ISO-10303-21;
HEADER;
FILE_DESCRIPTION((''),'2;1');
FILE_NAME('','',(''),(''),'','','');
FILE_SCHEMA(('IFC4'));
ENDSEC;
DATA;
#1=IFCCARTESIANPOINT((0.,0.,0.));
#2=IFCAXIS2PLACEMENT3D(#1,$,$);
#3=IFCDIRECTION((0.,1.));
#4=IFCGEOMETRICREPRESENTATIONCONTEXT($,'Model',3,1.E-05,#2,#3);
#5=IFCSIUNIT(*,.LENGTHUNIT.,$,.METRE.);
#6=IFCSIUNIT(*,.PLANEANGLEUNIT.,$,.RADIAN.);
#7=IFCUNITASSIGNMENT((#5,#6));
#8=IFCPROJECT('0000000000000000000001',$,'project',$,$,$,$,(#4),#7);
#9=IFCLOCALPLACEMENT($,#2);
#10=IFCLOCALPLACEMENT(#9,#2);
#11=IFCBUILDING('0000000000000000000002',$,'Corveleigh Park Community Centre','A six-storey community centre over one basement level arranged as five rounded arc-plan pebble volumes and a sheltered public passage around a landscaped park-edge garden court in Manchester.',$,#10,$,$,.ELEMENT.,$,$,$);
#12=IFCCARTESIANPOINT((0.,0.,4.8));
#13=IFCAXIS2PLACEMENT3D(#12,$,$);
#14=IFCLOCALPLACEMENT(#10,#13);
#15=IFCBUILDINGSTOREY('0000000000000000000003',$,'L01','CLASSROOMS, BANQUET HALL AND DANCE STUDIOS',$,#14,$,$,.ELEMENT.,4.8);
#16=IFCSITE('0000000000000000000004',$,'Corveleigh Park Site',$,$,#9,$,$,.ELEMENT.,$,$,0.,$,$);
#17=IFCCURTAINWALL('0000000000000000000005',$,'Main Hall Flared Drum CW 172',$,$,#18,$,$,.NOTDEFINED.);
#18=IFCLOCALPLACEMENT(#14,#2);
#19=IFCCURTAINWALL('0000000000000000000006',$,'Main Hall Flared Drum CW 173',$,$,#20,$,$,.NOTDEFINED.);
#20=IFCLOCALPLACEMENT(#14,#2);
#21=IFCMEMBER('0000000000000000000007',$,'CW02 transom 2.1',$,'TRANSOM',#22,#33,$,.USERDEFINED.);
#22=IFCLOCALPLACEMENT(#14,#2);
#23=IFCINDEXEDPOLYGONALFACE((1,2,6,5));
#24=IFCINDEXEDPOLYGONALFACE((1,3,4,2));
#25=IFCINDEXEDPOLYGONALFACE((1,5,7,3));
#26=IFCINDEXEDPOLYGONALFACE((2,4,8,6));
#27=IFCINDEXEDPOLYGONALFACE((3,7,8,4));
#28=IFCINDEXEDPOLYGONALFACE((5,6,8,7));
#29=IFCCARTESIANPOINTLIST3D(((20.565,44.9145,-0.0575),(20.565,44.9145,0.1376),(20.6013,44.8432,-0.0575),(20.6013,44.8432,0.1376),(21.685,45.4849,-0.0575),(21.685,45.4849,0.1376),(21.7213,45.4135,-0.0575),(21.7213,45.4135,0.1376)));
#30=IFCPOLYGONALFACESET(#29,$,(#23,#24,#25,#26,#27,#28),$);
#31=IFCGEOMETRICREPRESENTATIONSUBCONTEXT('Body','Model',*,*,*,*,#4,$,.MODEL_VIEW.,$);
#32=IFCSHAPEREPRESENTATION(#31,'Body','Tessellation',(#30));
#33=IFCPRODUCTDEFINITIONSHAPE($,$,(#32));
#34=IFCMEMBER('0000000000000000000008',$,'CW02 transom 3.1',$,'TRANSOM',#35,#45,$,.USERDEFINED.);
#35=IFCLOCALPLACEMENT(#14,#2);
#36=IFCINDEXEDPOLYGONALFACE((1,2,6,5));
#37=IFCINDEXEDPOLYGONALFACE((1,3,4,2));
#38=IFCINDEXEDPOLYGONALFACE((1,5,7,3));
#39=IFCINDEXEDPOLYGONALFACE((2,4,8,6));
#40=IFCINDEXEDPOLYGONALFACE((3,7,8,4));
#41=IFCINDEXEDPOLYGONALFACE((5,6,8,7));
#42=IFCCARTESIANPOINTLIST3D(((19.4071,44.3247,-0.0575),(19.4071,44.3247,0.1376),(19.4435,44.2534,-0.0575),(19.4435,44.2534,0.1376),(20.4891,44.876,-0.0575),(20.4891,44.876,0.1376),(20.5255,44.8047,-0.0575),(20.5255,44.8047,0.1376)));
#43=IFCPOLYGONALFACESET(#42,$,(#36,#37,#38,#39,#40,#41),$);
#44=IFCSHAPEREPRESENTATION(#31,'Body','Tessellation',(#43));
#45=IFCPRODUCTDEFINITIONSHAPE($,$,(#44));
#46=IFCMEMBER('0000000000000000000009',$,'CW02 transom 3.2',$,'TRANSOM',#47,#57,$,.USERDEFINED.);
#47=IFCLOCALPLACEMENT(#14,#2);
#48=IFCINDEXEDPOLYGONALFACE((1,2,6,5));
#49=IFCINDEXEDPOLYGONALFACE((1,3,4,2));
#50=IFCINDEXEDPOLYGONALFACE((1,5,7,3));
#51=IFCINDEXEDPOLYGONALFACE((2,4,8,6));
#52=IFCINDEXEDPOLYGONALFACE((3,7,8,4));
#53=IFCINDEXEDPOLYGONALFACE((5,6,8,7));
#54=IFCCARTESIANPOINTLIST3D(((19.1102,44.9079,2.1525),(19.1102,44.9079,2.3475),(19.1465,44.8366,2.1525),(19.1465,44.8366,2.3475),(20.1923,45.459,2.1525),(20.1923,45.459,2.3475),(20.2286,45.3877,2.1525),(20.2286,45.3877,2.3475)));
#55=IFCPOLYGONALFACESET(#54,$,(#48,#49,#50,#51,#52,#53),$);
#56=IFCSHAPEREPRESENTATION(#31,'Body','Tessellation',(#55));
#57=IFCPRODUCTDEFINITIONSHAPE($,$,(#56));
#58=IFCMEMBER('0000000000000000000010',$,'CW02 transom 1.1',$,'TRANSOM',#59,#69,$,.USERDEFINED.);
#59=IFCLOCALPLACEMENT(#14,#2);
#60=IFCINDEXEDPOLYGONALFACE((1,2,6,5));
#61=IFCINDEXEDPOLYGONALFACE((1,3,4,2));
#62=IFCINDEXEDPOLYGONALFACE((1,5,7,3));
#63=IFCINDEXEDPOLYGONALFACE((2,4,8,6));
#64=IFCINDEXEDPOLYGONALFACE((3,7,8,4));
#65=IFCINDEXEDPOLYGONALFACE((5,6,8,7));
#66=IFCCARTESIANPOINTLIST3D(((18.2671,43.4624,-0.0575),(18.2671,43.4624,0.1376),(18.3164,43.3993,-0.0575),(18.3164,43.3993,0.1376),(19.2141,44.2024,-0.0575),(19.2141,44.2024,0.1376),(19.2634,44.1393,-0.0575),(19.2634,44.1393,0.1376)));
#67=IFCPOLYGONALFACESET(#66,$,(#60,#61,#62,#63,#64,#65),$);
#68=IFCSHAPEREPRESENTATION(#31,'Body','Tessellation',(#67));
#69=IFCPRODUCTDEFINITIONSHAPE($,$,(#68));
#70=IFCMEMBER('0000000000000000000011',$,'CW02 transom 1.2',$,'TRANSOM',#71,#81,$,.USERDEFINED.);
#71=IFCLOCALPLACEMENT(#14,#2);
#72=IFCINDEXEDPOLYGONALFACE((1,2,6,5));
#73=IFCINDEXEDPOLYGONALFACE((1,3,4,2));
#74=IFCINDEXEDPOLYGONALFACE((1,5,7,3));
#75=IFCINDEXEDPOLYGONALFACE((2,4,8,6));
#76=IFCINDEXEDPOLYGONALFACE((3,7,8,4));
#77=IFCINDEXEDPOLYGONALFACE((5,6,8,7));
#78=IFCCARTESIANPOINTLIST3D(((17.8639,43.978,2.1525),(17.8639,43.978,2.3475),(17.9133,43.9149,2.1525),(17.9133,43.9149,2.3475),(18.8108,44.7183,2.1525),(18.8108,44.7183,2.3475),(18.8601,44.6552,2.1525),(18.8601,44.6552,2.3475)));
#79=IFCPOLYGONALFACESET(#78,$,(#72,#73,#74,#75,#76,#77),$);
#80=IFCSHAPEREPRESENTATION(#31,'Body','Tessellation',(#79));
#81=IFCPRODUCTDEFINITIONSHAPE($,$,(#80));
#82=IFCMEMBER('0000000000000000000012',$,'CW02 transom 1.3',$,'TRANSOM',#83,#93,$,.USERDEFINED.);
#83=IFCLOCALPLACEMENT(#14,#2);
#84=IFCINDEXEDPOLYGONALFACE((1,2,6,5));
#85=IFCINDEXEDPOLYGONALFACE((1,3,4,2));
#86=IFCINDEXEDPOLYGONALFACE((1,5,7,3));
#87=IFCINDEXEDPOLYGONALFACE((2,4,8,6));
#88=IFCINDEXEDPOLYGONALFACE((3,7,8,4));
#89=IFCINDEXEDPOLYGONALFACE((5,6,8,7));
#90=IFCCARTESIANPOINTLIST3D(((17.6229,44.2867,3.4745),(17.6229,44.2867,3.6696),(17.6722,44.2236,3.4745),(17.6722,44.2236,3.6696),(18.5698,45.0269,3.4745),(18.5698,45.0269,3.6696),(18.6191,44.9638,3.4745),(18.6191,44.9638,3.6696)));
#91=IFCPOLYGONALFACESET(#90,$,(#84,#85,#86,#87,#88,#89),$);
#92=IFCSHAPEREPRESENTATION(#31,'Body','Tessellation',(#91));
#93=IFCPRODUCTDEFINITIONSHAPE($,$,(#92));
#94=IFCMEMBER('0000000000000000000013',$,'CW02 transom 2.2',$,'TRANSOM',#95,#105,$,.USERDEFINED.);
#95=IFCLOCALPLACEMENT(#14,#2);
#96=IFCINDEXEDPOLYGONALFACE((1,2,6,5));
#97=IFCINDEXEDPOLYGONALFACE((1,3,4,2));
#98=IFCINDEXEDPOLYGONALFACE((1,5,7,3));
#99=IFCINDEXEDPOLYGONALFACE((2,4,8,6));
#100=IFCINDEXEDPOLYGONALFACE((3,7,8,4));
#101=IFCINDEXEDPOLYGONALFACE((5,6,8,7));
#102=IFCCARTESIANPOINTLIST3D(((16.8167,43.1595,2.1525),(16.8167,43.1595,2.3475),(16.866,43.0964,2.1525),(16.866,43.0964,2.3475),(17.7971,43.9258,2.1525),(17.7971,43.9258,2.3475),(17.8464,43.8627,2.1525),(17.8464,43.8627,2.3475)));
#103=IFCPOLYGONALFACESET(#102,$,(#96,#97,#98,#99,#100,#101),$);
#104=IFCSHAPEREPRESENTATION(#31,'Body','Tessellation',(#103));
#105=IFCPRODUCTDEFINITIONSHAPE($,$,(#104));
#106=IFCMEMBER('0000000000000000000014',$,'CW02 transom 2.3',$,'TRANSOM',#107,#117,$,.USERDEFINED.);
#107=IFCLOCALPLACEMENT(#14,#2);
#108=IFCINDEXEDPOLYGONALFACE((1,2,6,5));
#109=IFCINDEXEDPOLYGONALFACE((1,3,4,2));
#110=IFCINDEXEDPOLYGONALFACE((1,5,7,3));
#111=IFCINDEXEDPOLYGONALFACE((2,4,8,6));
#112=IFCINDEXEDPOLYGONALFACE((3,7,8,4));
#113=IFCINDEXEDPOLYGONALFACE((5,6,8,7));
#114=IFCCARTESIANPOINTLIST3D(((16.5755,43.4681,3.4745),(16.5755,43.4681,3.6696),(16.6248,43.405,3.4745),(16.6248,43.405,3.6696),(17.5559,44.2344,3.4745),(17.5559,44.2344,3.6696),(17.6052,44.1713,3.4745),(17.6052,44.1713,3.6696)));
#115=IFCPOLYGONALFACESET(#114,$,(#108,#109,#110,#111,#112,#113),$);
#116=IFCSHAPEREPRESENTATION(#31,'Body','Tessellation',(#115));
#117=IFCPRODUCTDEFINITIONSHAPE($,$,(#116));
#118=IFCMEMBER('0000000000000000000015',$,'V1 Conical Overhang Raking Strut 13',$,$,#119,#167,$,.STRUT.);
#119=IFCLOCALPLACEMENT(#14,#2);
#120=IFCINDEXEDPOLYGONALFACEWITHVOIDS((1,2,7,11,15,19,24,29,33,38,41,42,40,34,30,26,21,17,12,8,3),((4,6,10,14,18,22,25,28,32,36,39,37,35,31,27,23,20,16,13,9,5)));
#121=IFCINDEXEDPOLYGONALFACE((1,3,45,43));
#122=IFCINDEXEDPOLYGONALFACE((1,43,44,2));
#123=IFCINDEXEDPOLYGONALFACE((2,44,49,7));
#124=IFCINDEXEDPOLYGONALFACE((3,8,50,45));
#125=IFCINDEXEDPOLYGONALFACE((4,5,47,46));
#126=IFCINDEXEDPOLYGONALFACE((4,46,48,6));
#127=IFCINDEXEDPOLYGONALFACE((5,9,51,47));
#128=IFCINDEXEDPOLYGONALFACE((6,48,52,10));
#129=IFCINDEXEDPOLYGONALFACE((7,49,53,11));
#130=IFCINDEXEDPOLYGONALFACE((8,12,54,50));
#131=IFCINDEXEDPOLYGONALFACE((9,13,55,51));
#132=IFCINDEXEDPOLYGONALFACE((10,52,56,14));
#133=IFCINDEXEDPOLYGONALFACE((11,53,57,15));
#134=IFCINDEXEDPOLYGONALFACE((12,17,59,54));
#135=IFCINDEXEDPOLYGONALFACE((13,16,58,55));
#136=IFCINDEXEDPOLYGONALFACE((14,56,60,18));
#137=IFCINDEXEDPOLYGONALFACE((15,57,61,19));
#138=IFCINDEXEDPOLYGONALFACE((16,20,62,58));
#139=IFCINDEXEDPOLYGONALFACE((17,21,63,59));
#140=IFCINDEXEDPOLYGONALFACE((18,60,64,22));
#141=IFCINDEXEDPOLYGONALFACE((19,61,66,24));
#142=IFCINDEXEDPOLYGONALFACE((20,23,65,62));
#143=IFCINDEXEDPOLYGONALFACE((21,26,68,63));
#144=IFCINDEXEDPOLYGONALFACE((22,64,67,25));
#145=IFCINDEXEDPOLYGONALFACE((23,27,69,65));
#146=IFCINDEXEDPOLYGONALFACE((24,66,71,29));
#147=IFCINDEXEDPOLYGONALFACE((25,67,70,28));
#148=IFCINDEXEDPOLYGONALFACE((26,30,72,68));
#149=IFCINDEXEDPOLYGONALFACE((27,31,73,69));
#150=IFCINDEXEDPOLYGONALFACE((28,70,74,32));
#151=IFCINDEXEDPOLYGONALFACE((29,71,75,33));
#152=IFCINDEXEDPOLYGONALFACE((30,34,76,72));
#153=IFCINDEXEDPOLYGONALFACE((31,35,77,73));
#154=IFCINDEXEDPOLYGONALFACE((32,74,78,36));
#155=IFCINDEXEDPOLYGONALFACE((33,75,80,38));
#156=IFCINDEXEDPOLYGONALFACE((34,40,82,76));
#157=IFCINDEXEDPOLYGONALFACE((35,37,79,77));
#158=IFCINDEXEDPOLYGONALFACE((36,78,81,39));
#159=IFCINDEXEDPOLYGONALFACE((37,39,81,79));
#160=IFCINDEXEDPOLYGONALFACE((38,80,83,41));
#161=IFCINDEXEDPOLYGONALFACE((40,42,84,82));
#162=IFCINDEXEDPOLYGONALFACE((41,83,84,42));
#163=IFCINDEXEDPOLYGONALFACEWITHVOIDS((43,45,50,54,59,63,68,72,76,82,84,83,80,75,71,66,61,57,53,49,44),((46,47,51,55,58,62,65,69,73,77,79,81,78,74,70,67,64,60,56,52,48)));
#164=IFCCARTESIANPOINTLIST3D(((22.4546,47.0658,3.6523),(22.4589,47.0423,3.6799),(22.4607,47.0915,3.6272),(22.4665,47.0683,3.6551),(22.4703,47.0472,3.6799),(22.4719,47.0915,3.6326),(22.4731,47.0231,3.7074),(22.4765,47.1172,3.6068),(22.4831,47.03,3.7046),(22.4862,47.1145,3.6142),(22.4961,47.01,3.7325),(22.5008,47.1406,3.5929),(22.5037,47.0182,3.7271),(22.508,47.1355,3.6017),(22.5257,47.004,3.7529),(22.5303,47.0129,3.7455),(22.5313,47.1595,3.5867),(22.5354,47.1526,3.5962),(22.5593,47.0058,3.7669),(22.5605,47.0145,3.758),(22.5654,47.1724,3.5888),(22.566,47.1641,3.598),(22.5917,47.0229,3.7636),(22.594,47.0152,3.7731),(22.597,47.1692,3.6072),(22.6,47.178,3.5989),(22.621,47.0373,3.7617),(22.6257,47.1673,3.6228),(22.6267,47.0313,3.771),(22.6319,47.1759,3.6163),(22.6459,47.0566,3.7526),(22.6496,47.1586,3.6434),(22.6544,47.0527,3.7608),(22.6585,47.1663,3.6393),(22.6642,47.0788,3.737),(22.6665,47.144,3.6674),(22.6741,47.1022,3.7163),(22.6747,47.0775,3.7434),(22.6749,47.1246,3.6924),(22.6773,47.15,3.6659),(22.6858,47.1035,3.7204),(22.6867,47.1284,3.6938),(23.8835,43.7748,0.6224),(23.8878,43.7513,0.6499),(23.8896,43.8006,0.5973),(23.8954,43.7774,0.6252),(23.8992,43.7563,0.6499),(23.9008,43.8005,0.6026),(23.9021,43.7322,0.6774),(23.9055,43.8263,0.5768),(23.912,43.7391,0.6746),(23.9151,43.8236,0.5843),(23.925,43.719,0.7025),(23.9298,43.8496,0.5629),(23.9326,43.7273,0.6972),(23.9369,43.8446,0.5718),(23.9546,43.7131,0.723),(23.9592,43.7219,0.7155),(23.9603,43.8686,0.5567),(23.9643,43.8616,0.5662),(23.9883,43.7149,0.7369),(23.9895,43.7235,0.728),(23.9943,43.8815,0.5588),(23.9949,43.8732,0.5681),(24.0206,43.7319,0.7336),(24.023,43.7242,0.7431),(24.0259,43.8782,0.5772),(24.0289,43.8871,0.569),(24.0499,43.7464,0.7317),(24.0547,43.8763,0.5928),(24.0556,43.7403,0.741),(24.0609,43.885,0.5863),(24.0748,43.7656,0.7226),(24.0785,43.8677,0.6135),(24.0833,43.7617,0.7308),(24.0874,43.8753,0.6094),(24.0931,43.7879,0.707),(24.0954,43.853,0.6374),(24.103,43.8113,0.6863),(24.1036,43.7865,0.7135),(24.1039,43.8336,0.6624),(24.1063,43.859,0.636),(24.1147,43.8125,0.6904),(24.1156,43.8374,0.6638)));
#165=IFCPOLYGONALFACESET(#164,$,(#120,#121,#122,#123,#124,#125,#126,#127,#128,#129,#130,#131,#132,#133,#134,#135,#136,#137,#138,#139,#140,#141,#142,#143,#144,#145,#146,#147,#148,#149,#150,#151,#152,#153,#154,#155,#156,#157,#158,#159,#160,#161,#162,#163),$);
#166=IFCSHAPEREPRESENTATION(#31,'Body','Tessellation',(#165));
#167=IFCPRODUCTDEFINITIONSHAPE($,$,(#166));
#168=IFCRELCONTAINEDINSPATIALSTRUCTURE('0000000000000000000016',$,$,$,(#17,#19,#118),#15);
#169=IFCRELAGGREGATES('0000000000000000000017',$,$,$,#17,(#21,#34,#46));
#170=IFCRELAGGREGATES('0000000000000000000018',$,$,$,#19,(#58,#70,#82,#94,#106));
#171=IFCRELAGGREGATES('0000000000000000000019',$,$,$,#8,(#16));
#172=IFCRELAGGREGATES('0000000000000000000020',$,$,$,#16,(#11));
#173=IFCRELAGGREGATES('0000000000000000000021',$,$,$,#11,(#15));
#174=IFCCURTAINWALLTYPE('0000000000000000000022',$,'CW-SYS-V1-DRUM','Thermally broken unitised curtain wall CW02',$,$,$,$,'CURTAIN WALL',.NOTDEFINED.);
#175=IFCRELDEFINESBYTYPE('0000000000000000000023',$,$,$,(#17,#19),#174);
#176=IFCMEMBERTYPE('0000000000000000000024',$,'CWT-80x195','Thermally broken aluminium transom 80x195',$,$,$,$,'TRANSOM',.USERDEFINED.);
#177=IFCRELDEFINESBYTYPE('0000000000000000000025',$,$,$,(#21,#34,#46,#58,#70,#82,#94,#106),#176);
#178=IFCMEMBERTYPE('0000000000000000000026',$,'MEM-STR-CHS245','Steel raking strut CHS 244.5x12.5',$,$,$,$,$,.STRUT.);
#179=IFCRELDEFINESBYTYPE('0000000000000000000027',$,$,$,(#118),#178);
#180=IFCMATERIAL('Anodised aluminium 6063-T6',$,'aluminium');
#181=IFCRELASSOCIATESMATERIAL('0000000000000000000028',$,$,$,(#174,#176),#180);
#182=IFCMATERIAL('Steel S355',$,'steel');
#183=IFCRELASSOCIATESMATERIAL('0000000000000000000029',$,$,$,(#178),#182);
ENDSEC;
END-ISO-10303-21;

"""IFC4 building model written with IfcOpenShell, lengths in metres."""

from ifc_helpers import new_model, si_unit, direction, frame, origin, origin_2d, place, context, subcontext, project, spatial, rectangle, hollow_circle, extrude, material, material_profile, profile_set, type_object, element, aggregate, save


model = new_model("IFC4")

# Units and contexts
model_context = context("Model", 3, precision=1e-05, world=origin(), true_north=direction((0.0, 1.0)))
body_context = subcontext(model_context, "Body", "Model", "MODEL_VIEW")
ifc_project = project(units=[si_unit("LENGTHUNIT", "METRE"), si_unit("PLANEANGLEUNIT", "RADIAN")], contexts=[model_context])

# Site, building, storey
site_placement = place(None, origin())
site = spatial("IfcSite", under=ifc_project, at=site_placement, Name="Corveleigh Park Site", CompositionType="ELEMENT", RefElevation=0.0)
building_placement = place(site_placement, origin())
building = spatial("IfcBuilding", under=site, at=building_placement, Name="Corveleigh Park Community Centre", Description="A six-storey community centre over one basement level arranged as five rounded arc-plan pebble volumes and a sheltered public passage around a landscaped park-edge garden court in Manchester.", CompositionType="ELEMENT")
storey_placement = place(building_placement, frame((0.0, 0.0, 4.8)))
storey = spatial("IfcBuildingStorey", under=building, at=storey_placement, Name="L01", Description="CLASSROOMS, BANQUET HALL AND DANCE STUDIOS", CompositionType="ELEMENT", Elevation=4.8)

# Shared definitions
ifc_material_1 = material(Name="Steel S355", Category="steel")

# Curtain wall
ifc_material_2 = material(Name="Anodised aluminium 6063-T6", Category="aluminium")
curtain_wall_type = type_object("IfcCurtainWallType", Name="CW-SYS-V1-DRUM", Description="Thermally broken unitised curtain wall CW02", ElementType="CURTAIN WALL", PredefinedType="NOTDEFINED", material=ifc_material_2)
curtain_wall_1_placement = place(storey_placement, origin())
curtain_wall_1 = element("IfcCurtainWall", 1, at=curtain_wall_1_placement, inside=storey, type_object=curtain_wall_type, Name="Main Hall Flared Drum CW 172", PredefinedType="NOTDEFINED")

# Curtain wall
curtain_wall_2_placement = place(storey_placement, origin())
curtain_wall_2 = element("IfcCurtainWall", 2, at=curtain_wall_2_placement, inside=storey, type_object=curtain_wall_type, Name="Main Hall Flared Drum CW 173", PredefinedType="NOTDEFINED")

# Members
ifc_material_profile_1 = material_profile(ifc_material_2, rectangle(XDim=0.0801, YDim=0.1951, at=origin_2d()), Name="ALU-T80x195", Category="aluminium")
ifc_profile_set_1 = profile_set([ifc_material_profile_1], Name="Anodised aluminium 6063-T6")
member_type_1 = type_object("IfcMemberType", Name="CWT-80x195", Description="Thermally broken aluminium transom 80x195", ElementType="TRANSOM", PredefinedType="USERDEFINED", material=ifc_profile_set_1)
member_1_placement = place(storey_placement, frame((21.7031, 45.4492, 0.04), z_axis=(-0.8911, -0.453806, 0.0), x_axis=(0.453806, -0.8911, 0.0)))
member_1 = element("IfcMember", 3, at=member_1_placement, type_object=member_type_1, Name="CW02 transom 2.1", ObjectType="TRANSOM", PredefinedType="USERDEFINED", context=body_context, shape_type="SweptSolid", body=[
    extrude(rectangle(XDim=0.0801, YDim=0.1951, at=origin_2d()), origin(), (0.0, 0.0, 1.0), 1.2568),
])
member_2_placement = place(storey_placement, frame((20.5073, 44.8403, 0.04), z_axis=(-0.891024, -0.453956, 0.0), x_axis=(0.453956, -0.891024, 0.0)))
member_2 = element("IfcMember", 4, at=member_2_placement, type_object=member_type_1, Name="CW02 transom 3.1", ObjectType="TRANSOM", PredefinedType="USERDEFINED", context=body_context, shape_type="SweptSolid", body=[
    extrude(rectangle(XDim=0.0801, YDim=0.1951, at=origin_2d()), origin(), (0.0, 0.0, 1.0), 1.2144),
])
member_3_placement = place(storey_placement, frame((20.2104, 45.4233, 2.25), z_axis=(-0.891105, -0.453796, 0.0), x_axis=(0.453796, -0.891105, 0.0)))
member_3 = element("IfcMember", 5, at=member_3_placement, type_object=member_type_1, Name="CW02 transom 3.2", ObjectType="TRANSOM", PredefinedType="USERDEFINED", context=body_context, shape_type="SweptSolid", body=[
    extrude(rectangle(XDim=0.0801, YDim=0.1951, at=origin_2d()), origin(), (0.0, 0.0, 1.0), 1.2144),
])
member_4_placement = place(storey_placement, frame((19.2388, 44.1709, 0.04), z_axis=(-0.787972, -0.615711, 0.0), x_axis=(0.615711, -0.787972, 0.0)))
member_4 = element("IfcMember", 6, at=member_4_placement, type_object=member_type_1, Name="CW02 transom 1.1", ObjectType="TRANSOM", PredefinedType="USERDEFINED", context=body_context, shape_type="SweptSolid", body=[
    extrude(rectangle(XDim=0.0801, YDim=0.1951, at=origin_2d()), origin(), (0.0, 0.0, 1.0), 1.2019),
])
member_5_placement = place(storey_placement, frame((18.8354, 44.6868, 2.25), z_axis=(-0.787796, -0.615936, 0.0), x_axis=(0.615936, -0.787796, 0.0)))
member_5 = element("IfcMember", 7, at=member_5_placement, type_object=member_type_1, Name="CW02 transom 1.2", ObjectType="TRANSOM", PredefinedType="USERDEFINED", context=body_context, shape_type="SweptSolid", body=[
    extrude(rectangle(XDim=0.0801, YDim=0.1951, at=origin_2d()), origin(), (0.0, 0.0, 1.0), 1.2019),
])
member_6_placement = place(storey_placement, frame((18.5945, 44.9954, 3.572), z_axis=(-0.787873, -0.615837, 0.0), x_axis=(0.615837, -0.787873, 0.0)))
member_6 = element("IfcMember", 8, at=member_6_placement, type_object=member_type_1, Name="CW02 transom 1.3", ObjectType="TRANSOM", PredefinedType="USERDEFINED", context=body_context, shape_type="SweptSolid", body=[
    extrude(rectangle(XDim=0.0801, YDim=0.1951, at=origin_2d()), origin(), (0.0, 0.0, 1.0), 1.2019),
])
member_7_placement = place(storey_placement, frame((17.8218, 43.8943, 2.25), z_axis=(-0.787882, -0.615827, 0.0), x_axis=(0.615827, -0.787882, 0.0)))
member_7 = element("IfcMember", 9, at=member_7_placement, type_object=member_type_1, Name="CW02 transom 2.2", ObjectType="TRANSOM", PredefinedType="USERDEFINED", context=body_context, shape_type="SweptSolid", body=[
    extrude(rectangle(XDim=0.0801, YDim=0.1951, at=origin_2d()), origin(), (0.0, 0.0, 1.0), 1.2444),
])
member_8_placement = place(storey_placement, frame((17.5806, 44.2029, 3.572), z_axis=(-0.787882, -0.615827, 0.0), x_axis=(0.615827, -0.787882, 0.0)))
member_8 = element("IfcMember", 10, at=member_8_placement, type_object=member_type_1, Name="CW02 transom 2.3", ObjectType="TRANSOM", PredefinedType="USERDEFINED", context=body_context, shape_type="SweptSolid", body=[
    extrude(rectangle(XDim=0.0801, YDim=0.1951, at=origin_2d()), origin(), (0.0, 0.0, 1.0), 1.2444),
])

# Member
ifc_material_profile_2 = material_profile(ifc_material_1, hollow_circle(Radius=0.1223, WallThickness=0.0125, at=origin_2d()), Name="CHS 244.5x12.5", Category="steel")
ifc_profile_set_2 = profile_set([ifc_material_profile_2], Name="Steel S355")
member_type_2 = type_object("IfcMemberType", Name="MEM-STR-CHS245", Description="Steel raking strut CHS 244.5x12.5", PredefinedType="STRUT", material=ifc_profile_set_2)
member_9_placement = place(storey_placement, frame((24.0, 43.8, 0.6499), z_axis=(-0.304283, 0.700791, 0.645216), x_axis=(-0.917266, -0.398276, 0.0)))
element("IfcMember", 11, at=member_9_placement, inside=storey, type_object=member_type_2, Name="V1 Conical Overhang Raking Strut 13", PredefinedType="STRUT", context=body_context, shape_type="SweptSolid", body=[
    extrude(hollow_circle(Radius=0.1223, WallThickness=0.0125, at=origin_2d()), origin(), (0.0, 0.0, 1.0), 4.696),
])

aggregate(curtain_wall_1, [member_1, member_2, member_3])
aggregate(curtain_wall_2, [member_4, member_5, member_6, member_7, member_8])

save(model, "model.ifc")
